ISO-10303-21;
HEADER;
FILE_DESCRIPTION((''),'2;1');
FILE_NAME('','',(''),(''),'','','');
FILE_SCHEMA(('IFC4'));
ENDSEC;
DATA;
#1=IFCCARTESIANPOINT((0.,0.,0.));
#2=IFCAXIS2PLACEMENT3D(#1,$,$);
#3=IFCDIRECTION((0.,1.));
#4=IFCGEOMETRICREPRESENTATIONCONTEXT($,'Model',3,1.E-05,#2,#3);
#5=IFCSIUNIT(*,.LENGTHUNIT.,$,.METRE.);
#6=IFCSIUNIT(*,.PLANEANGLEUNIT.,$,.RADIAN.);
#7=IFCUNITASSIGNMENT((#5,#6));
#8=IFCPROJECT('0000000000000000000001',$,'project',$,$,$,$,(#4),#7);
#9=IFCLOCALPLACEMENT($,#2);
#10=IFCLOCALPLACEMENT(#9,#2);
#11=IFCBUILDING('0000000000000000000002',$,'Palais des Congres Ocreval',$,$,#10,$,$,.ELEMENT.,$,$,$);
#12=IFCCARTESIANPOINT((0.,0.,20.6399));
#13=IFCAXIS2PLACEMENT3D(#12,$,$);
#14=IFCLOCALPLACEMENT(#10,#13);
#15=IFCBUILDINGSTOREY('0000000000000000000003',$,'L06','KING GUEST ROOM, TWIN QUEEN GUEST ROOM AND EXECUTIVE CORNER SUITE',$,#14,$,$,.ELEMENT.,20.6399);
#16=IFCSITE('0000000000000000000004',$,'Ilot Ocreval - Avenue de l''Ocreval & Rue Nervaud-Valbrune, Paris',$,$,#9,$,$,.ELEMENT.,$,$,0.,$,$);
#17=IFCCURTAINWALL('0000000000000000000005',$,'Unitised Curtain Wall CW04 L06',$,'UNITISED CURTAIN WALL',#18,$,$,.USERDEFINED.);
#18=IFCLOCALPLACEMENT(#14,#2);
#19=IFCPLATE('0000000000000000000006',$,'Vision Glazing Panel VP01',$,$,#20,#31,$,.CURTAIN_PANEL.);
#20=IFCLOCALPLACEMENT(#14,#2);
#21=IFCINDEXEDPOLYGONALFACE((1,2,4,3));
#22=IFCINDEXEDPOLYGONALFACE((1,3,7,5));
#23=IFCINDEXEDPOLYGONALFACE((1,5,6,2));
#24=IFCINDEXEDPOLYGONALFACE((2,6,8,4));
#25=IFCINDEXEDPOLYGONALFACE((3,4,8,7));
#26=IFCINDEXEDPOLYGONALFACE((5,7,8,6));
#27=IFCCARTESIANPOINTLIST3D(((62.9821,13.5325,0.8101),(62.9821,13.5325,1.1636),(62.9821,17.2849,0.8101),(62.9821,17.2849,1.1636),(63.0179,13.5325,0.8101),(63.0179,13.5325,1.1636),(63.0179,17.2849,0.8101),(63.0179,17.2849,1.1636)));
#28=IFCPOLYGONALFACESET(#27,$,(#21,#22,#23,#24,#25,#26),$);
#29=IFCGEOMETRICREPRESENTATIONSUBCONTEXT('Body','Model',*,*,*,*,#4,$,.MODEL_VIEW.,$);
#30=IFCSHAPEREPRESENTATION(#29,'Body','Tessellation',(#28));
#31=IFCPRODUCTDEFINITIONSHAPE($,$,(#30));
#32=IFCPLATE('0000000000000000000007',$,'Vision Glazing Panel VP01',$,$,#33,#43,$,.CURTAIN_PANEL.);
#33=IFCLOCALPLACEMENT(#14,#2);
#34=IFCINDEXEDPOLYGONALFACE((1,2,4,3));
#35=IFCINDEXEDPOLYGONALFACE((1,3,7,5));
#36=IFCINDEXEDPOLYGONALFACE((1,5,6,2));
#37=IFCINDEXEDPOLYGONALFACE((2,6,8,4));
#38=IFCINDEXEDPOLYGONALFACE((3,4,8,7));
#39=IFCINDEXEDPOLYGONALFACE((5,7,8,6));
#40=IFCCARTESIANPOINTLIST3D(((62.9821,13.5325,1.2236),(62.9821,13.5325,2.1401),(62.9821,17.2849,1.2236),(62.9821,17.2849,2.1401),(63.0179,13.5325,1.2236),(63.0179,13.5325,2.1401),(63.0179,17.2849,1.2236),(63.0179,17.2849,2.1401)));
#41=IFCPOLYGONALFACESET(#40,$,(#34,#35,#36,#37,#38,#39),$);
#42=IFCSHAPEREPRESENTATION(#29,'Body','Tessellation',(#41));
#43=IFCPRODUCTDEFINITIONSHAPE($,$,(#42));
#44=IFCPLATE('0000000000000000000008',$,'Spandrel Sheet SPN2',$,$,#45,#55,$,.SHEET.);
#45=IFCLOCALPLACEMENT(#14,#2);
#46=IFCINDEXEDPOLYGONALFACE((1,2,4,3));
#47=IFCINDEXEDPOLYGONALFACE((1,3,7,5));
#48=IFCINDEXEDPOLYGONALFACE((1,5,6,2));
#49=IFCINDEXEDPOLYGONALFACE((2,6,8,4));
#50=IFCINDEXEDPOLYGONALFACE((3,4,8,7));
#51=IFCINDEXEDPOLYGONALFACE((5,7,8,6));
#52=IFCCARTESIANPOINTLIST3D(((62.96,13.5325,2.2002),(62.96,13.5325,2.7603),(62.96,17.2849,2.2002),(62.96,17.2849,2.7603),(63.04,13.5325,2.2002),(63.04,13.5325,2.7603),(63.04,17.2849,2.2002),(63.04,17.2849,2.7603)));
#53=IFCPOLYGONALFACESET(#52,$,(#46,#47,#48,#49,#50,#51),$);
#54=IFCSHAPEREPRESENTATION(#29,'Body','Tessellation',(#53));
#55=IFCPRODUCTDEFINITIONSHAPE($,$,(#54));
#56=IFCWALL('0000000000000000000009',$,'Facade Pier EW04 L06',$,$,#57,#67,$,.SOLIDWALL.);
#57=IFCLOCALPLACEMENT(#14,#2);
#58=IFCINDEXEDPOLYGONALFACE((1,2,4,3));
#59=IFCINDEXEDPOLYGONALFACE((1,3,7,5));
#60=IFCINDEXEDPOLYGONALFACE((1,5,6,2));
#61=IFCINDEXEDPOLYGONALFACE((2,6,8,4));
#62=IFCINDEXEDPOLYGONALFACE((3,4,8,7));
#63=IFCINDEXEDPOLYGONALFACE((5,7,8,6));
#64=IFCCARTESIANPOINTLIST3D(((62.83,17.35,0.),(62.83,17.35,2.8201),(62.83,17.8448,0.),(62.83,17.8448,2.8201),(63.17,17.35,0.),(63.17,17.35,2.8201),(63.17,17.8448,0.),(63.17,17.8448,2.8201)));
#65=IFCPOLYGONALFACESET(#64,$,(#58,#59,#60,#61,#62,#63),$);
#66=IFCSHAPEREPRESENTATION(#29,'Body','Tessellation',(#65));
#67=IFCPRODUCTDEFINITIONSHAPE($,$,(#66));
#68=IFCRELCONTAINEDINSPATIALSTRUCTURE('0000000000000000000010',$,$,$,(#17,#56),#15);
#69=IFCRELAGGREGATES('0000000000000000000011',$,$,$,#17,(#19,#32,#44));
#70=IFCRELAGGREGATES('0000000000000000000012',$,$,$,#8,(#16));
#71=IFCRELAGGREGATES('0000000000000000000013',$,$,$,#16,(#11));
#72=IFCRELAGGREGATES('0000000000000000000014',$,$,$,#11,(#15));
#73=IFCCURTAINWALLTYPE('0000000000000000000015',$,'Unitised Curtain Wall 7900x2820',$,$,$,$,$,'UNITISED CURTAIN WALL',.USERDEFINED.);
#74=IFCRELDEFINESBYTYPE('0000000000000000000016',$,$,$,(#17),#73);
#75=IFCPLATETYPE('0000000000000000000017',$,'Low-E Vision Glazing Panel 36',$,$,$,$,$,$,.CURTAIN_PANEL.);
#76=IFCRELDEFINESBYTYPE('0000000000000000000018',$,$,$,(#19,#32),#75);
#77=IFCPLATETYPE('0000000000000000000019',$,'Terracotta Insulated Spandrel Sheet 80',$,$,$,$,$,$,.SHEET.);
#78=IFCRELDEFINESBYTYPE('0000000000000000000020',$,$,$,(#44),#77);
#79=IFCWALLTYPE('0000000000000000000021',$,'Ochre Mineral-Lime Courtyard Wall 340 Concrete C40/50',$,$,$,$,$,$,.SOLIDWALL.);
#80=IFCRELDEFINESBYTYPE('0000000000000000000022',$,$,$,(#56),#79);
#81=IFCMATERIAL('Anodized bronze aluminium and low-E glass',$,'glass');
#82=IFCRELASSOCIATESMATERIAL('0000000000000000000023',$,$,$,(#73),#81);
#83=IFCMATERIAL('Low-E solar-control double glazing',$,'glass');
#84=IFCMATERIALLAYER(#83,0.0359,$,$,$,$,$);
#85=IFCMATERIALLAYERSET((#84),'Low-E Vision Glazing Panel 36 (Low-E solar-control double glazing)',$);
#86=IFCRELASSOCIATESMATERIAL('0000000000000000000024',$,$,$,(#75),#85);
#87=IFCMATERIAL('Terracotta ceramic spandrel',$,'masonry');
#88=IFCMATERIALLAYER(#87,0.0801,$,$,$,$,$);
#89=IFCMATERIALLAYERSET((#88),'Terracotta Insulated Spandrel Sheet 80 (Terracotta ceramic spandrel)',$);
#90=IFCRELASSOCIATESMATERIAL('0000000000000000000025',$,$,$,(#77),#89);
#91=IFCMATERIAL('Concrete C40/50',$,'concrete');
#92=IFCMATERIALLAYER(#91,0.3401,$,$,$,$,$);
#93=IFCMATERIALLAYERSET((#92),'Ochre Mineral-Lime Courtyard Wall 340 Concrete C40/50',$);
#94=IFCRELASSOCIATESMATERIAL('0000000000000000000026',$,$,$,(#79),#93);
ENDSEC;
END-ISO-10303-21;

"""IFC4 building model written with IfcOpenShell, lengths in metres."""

from ifc_helpers import new_model, si_unit, direction, frame, frame_2d, origin, origin_2d, place, context, subcontext, project, spatial, rectangle, extrude, material, layer, layer_set, type_object, element, aggregate, save


model = new_model("IFC4")

# Units and contexts
model_context = context("Model", 3, precision=1e-05, world=origin(), true_north=direction((0.0, 1.0)))
body_context = subcontext(model_context, "Body", "Model", "MODEL_VIEW")
ifc_project = project(units=[si_unit("LENGTHUNIT", "METRE"), si_unit("PLANEANGLEUNIT", "RADIAN")], contexts=[model_context])

# Site, building, storey
site_placement = place(None, origin())
site = spatial("IfcSite", under=ifc_project, at=site_placement, Name="Ilot Ocreval - Avenue de l'Ocreval & Rue Nervaud-Valbrune, Paris", CompositionType="ELEMENT", RefElevation=0.0)
building_placement = place(site_placement, origin())
building = spatial("IfcBuilding", under=site, at=building_placement, Name="Palais des Congres Ocreval", CompositionType="ELEMENT")
storey_placement = place(building_placement, frame((0.0, 0.0, 20.6399)))
storey = spatial("IfcBuildingStorey", under=building, at=storey_placement, Name="L06", Description="KING GUEST ROOM, TWIN QUEEN GUEST ROOM AND EXECUTIVE CORNER SUITE", CompositionType="ELEMENT", Elevation=20.6399)

# Shared definitions
ifc_material_1 = material(Name="Concrete C40/50", Category="concrete")

# Curtain wall, plates
ifc_material_2 = material(Name="Anodized bronze aluminium and low-E glass", Category="glass")
curtain_wall_type = type_object("IfcCurtainWallType", Name="Unitised Curtain Wall 7900x2820", ElementType="UNITISED CURTAIN WALL", PredefinedType="USERDEFINED", material=ifc_material_2)
curtain_wall_placement = place(storey_placement, origin())
curtain_wall = element("IfcCurtainWall", 1, at=curtain_wall_placement, inside=storey, type_object=curtain_wall_type, Name="Unitised Curtain Wall CW04 L06", ObjectType="UNITISED CURTAIN WALL", PredefinedType="USERDEFINED")
ifc_material_3 = material(Name="Low-E solar-control double glazing", Category="glass")
ifc_layer_1 = layer(ifc_material_3, 0.0359)
ifc_layer_set_1 = layer_set([ifc_layer_1], Name="Low-E Vision Glazing Panel 36 (Low-E solar-control double glazing)")
plate_type_1 = type_object("IfcPlateType", Name="Low-E Vision Glazing Panel 36", PredefinedType="CURTAIN_PANEL", material=ifc_layer_set_1)
plate_1_placement = place(storey_placement, frame((63.0, 15.4087, 0.8101), z_axis=(0.0, 0.0, 1.0), x_axis=(0.0, -1.0, 0.0)))
plate_1 = element("IfcPlate", 2, at=plate_1_placement, type_object=plate_type_1, Name="Vision Glazing Panel VP01", PredefinedType="CURTAIN_PANEL", context=body_context, shape_type="SweptSolid", body=[
    extrude(rectangle(XDim=3.7524, YDim=0.0359, at=origin_2d()), origin(), (0.0, 0.0, 1.0), 0.3535),
])
plate_2_placement = place(storey_placement, frame((63.0, 15.4087, 1.2236), z_axis=(0.0, 0.0, 1.0), x_axis=(0.0, -1.0, 0.0)))
plate_2 = element("IfcPlate", 3, at=plate_2_placement, type_object=plate_type_1, Name="Vision Glazing Panel VP01", PredefinedType="CURTAIN_PANEL", context=body_context, shape_type="SweptSolid", body=[
    extrude(rectangle(XDim=3.7524, YDim=0.0359, at=origin_2d()), origin(), (0.0, 0.0, 1.0), 0.9165),
])
ifc_material_4 = material(Name="Terracotta ceramic spandrel", Category="masonry")
ifc_layer_2 = layer(ifc_material_4, 0.0801)
ifc_layer_set_2 = layer_set([ifc_layer_2], Name="Terracotta Insulated Spandrel Sheet 80 (Terracotta ceramic spandrel)")
plate_type_2 = type_object("IfcPlateType", Name="Terracotta Insulated Spandrel Sheet 80", PredefinedType="SHEET", material=ifc_layer_set_2)
plate_3_placement = place(storey_placement, frame((63.0, 15.4087, 2.2002), z_axis=(0.0, 0.0, 1.0), x_axis=(0.0, -1.0, 0.0)))
plate_3 = element("IfcPlate", 4, at=plate_3_placement, type_object=plate_type_2, Name="Spandrel Sheet SPN2", PredefinedType="SHEET", context=body_context, shape_type="SweptSolid", body=[
    extrude(rectangle(XDim=3.7524, YDim=0.0801, at=origin_2d()), origin(), (0.0, 0.0, 1.0), 0.5601),
])
aggregate(curtain_wall, [plate_1, plate_2, plate_3])

# Wall
ifc_layer_3 = layer(ifc_material_1, 0.3401)
ifc_layer_set_3 = layer_set([ifc_layer_3], Name="Ochre Mineral-Lime Courtyard Wall 340 Concrete C40/50")
wall_type = type_object("IfcWallType", Name="Ochre Mineral-Lime Courtyard Wall 340 Concrete C40/50", PredefinedType="SOLIDWALL", material=ifc_layer_set_3)
wall_placement = place(storey_placement, frame((63.0, 17.845, 0.0), z_axis=(0.0, 0.0, 1.0), x_axis=(0.0, -1.0, 0.0)))
element("IfcWall", 5, at=wall_placement, inside=storey, type_object=wall_type, Name="Facade Pier EW04 L06", PredefinedType="SOLIDWALL", context=body_context, shape_type="SweptSolid", body=[
    extrude(rectangle(XDim=0.4949, YDim=0.3401, at=frame_2d((0.2476, 0.0))), origin(), (0.0, 0.0, 1.0), 2.8201),
])

save(model, "model.ifc")
